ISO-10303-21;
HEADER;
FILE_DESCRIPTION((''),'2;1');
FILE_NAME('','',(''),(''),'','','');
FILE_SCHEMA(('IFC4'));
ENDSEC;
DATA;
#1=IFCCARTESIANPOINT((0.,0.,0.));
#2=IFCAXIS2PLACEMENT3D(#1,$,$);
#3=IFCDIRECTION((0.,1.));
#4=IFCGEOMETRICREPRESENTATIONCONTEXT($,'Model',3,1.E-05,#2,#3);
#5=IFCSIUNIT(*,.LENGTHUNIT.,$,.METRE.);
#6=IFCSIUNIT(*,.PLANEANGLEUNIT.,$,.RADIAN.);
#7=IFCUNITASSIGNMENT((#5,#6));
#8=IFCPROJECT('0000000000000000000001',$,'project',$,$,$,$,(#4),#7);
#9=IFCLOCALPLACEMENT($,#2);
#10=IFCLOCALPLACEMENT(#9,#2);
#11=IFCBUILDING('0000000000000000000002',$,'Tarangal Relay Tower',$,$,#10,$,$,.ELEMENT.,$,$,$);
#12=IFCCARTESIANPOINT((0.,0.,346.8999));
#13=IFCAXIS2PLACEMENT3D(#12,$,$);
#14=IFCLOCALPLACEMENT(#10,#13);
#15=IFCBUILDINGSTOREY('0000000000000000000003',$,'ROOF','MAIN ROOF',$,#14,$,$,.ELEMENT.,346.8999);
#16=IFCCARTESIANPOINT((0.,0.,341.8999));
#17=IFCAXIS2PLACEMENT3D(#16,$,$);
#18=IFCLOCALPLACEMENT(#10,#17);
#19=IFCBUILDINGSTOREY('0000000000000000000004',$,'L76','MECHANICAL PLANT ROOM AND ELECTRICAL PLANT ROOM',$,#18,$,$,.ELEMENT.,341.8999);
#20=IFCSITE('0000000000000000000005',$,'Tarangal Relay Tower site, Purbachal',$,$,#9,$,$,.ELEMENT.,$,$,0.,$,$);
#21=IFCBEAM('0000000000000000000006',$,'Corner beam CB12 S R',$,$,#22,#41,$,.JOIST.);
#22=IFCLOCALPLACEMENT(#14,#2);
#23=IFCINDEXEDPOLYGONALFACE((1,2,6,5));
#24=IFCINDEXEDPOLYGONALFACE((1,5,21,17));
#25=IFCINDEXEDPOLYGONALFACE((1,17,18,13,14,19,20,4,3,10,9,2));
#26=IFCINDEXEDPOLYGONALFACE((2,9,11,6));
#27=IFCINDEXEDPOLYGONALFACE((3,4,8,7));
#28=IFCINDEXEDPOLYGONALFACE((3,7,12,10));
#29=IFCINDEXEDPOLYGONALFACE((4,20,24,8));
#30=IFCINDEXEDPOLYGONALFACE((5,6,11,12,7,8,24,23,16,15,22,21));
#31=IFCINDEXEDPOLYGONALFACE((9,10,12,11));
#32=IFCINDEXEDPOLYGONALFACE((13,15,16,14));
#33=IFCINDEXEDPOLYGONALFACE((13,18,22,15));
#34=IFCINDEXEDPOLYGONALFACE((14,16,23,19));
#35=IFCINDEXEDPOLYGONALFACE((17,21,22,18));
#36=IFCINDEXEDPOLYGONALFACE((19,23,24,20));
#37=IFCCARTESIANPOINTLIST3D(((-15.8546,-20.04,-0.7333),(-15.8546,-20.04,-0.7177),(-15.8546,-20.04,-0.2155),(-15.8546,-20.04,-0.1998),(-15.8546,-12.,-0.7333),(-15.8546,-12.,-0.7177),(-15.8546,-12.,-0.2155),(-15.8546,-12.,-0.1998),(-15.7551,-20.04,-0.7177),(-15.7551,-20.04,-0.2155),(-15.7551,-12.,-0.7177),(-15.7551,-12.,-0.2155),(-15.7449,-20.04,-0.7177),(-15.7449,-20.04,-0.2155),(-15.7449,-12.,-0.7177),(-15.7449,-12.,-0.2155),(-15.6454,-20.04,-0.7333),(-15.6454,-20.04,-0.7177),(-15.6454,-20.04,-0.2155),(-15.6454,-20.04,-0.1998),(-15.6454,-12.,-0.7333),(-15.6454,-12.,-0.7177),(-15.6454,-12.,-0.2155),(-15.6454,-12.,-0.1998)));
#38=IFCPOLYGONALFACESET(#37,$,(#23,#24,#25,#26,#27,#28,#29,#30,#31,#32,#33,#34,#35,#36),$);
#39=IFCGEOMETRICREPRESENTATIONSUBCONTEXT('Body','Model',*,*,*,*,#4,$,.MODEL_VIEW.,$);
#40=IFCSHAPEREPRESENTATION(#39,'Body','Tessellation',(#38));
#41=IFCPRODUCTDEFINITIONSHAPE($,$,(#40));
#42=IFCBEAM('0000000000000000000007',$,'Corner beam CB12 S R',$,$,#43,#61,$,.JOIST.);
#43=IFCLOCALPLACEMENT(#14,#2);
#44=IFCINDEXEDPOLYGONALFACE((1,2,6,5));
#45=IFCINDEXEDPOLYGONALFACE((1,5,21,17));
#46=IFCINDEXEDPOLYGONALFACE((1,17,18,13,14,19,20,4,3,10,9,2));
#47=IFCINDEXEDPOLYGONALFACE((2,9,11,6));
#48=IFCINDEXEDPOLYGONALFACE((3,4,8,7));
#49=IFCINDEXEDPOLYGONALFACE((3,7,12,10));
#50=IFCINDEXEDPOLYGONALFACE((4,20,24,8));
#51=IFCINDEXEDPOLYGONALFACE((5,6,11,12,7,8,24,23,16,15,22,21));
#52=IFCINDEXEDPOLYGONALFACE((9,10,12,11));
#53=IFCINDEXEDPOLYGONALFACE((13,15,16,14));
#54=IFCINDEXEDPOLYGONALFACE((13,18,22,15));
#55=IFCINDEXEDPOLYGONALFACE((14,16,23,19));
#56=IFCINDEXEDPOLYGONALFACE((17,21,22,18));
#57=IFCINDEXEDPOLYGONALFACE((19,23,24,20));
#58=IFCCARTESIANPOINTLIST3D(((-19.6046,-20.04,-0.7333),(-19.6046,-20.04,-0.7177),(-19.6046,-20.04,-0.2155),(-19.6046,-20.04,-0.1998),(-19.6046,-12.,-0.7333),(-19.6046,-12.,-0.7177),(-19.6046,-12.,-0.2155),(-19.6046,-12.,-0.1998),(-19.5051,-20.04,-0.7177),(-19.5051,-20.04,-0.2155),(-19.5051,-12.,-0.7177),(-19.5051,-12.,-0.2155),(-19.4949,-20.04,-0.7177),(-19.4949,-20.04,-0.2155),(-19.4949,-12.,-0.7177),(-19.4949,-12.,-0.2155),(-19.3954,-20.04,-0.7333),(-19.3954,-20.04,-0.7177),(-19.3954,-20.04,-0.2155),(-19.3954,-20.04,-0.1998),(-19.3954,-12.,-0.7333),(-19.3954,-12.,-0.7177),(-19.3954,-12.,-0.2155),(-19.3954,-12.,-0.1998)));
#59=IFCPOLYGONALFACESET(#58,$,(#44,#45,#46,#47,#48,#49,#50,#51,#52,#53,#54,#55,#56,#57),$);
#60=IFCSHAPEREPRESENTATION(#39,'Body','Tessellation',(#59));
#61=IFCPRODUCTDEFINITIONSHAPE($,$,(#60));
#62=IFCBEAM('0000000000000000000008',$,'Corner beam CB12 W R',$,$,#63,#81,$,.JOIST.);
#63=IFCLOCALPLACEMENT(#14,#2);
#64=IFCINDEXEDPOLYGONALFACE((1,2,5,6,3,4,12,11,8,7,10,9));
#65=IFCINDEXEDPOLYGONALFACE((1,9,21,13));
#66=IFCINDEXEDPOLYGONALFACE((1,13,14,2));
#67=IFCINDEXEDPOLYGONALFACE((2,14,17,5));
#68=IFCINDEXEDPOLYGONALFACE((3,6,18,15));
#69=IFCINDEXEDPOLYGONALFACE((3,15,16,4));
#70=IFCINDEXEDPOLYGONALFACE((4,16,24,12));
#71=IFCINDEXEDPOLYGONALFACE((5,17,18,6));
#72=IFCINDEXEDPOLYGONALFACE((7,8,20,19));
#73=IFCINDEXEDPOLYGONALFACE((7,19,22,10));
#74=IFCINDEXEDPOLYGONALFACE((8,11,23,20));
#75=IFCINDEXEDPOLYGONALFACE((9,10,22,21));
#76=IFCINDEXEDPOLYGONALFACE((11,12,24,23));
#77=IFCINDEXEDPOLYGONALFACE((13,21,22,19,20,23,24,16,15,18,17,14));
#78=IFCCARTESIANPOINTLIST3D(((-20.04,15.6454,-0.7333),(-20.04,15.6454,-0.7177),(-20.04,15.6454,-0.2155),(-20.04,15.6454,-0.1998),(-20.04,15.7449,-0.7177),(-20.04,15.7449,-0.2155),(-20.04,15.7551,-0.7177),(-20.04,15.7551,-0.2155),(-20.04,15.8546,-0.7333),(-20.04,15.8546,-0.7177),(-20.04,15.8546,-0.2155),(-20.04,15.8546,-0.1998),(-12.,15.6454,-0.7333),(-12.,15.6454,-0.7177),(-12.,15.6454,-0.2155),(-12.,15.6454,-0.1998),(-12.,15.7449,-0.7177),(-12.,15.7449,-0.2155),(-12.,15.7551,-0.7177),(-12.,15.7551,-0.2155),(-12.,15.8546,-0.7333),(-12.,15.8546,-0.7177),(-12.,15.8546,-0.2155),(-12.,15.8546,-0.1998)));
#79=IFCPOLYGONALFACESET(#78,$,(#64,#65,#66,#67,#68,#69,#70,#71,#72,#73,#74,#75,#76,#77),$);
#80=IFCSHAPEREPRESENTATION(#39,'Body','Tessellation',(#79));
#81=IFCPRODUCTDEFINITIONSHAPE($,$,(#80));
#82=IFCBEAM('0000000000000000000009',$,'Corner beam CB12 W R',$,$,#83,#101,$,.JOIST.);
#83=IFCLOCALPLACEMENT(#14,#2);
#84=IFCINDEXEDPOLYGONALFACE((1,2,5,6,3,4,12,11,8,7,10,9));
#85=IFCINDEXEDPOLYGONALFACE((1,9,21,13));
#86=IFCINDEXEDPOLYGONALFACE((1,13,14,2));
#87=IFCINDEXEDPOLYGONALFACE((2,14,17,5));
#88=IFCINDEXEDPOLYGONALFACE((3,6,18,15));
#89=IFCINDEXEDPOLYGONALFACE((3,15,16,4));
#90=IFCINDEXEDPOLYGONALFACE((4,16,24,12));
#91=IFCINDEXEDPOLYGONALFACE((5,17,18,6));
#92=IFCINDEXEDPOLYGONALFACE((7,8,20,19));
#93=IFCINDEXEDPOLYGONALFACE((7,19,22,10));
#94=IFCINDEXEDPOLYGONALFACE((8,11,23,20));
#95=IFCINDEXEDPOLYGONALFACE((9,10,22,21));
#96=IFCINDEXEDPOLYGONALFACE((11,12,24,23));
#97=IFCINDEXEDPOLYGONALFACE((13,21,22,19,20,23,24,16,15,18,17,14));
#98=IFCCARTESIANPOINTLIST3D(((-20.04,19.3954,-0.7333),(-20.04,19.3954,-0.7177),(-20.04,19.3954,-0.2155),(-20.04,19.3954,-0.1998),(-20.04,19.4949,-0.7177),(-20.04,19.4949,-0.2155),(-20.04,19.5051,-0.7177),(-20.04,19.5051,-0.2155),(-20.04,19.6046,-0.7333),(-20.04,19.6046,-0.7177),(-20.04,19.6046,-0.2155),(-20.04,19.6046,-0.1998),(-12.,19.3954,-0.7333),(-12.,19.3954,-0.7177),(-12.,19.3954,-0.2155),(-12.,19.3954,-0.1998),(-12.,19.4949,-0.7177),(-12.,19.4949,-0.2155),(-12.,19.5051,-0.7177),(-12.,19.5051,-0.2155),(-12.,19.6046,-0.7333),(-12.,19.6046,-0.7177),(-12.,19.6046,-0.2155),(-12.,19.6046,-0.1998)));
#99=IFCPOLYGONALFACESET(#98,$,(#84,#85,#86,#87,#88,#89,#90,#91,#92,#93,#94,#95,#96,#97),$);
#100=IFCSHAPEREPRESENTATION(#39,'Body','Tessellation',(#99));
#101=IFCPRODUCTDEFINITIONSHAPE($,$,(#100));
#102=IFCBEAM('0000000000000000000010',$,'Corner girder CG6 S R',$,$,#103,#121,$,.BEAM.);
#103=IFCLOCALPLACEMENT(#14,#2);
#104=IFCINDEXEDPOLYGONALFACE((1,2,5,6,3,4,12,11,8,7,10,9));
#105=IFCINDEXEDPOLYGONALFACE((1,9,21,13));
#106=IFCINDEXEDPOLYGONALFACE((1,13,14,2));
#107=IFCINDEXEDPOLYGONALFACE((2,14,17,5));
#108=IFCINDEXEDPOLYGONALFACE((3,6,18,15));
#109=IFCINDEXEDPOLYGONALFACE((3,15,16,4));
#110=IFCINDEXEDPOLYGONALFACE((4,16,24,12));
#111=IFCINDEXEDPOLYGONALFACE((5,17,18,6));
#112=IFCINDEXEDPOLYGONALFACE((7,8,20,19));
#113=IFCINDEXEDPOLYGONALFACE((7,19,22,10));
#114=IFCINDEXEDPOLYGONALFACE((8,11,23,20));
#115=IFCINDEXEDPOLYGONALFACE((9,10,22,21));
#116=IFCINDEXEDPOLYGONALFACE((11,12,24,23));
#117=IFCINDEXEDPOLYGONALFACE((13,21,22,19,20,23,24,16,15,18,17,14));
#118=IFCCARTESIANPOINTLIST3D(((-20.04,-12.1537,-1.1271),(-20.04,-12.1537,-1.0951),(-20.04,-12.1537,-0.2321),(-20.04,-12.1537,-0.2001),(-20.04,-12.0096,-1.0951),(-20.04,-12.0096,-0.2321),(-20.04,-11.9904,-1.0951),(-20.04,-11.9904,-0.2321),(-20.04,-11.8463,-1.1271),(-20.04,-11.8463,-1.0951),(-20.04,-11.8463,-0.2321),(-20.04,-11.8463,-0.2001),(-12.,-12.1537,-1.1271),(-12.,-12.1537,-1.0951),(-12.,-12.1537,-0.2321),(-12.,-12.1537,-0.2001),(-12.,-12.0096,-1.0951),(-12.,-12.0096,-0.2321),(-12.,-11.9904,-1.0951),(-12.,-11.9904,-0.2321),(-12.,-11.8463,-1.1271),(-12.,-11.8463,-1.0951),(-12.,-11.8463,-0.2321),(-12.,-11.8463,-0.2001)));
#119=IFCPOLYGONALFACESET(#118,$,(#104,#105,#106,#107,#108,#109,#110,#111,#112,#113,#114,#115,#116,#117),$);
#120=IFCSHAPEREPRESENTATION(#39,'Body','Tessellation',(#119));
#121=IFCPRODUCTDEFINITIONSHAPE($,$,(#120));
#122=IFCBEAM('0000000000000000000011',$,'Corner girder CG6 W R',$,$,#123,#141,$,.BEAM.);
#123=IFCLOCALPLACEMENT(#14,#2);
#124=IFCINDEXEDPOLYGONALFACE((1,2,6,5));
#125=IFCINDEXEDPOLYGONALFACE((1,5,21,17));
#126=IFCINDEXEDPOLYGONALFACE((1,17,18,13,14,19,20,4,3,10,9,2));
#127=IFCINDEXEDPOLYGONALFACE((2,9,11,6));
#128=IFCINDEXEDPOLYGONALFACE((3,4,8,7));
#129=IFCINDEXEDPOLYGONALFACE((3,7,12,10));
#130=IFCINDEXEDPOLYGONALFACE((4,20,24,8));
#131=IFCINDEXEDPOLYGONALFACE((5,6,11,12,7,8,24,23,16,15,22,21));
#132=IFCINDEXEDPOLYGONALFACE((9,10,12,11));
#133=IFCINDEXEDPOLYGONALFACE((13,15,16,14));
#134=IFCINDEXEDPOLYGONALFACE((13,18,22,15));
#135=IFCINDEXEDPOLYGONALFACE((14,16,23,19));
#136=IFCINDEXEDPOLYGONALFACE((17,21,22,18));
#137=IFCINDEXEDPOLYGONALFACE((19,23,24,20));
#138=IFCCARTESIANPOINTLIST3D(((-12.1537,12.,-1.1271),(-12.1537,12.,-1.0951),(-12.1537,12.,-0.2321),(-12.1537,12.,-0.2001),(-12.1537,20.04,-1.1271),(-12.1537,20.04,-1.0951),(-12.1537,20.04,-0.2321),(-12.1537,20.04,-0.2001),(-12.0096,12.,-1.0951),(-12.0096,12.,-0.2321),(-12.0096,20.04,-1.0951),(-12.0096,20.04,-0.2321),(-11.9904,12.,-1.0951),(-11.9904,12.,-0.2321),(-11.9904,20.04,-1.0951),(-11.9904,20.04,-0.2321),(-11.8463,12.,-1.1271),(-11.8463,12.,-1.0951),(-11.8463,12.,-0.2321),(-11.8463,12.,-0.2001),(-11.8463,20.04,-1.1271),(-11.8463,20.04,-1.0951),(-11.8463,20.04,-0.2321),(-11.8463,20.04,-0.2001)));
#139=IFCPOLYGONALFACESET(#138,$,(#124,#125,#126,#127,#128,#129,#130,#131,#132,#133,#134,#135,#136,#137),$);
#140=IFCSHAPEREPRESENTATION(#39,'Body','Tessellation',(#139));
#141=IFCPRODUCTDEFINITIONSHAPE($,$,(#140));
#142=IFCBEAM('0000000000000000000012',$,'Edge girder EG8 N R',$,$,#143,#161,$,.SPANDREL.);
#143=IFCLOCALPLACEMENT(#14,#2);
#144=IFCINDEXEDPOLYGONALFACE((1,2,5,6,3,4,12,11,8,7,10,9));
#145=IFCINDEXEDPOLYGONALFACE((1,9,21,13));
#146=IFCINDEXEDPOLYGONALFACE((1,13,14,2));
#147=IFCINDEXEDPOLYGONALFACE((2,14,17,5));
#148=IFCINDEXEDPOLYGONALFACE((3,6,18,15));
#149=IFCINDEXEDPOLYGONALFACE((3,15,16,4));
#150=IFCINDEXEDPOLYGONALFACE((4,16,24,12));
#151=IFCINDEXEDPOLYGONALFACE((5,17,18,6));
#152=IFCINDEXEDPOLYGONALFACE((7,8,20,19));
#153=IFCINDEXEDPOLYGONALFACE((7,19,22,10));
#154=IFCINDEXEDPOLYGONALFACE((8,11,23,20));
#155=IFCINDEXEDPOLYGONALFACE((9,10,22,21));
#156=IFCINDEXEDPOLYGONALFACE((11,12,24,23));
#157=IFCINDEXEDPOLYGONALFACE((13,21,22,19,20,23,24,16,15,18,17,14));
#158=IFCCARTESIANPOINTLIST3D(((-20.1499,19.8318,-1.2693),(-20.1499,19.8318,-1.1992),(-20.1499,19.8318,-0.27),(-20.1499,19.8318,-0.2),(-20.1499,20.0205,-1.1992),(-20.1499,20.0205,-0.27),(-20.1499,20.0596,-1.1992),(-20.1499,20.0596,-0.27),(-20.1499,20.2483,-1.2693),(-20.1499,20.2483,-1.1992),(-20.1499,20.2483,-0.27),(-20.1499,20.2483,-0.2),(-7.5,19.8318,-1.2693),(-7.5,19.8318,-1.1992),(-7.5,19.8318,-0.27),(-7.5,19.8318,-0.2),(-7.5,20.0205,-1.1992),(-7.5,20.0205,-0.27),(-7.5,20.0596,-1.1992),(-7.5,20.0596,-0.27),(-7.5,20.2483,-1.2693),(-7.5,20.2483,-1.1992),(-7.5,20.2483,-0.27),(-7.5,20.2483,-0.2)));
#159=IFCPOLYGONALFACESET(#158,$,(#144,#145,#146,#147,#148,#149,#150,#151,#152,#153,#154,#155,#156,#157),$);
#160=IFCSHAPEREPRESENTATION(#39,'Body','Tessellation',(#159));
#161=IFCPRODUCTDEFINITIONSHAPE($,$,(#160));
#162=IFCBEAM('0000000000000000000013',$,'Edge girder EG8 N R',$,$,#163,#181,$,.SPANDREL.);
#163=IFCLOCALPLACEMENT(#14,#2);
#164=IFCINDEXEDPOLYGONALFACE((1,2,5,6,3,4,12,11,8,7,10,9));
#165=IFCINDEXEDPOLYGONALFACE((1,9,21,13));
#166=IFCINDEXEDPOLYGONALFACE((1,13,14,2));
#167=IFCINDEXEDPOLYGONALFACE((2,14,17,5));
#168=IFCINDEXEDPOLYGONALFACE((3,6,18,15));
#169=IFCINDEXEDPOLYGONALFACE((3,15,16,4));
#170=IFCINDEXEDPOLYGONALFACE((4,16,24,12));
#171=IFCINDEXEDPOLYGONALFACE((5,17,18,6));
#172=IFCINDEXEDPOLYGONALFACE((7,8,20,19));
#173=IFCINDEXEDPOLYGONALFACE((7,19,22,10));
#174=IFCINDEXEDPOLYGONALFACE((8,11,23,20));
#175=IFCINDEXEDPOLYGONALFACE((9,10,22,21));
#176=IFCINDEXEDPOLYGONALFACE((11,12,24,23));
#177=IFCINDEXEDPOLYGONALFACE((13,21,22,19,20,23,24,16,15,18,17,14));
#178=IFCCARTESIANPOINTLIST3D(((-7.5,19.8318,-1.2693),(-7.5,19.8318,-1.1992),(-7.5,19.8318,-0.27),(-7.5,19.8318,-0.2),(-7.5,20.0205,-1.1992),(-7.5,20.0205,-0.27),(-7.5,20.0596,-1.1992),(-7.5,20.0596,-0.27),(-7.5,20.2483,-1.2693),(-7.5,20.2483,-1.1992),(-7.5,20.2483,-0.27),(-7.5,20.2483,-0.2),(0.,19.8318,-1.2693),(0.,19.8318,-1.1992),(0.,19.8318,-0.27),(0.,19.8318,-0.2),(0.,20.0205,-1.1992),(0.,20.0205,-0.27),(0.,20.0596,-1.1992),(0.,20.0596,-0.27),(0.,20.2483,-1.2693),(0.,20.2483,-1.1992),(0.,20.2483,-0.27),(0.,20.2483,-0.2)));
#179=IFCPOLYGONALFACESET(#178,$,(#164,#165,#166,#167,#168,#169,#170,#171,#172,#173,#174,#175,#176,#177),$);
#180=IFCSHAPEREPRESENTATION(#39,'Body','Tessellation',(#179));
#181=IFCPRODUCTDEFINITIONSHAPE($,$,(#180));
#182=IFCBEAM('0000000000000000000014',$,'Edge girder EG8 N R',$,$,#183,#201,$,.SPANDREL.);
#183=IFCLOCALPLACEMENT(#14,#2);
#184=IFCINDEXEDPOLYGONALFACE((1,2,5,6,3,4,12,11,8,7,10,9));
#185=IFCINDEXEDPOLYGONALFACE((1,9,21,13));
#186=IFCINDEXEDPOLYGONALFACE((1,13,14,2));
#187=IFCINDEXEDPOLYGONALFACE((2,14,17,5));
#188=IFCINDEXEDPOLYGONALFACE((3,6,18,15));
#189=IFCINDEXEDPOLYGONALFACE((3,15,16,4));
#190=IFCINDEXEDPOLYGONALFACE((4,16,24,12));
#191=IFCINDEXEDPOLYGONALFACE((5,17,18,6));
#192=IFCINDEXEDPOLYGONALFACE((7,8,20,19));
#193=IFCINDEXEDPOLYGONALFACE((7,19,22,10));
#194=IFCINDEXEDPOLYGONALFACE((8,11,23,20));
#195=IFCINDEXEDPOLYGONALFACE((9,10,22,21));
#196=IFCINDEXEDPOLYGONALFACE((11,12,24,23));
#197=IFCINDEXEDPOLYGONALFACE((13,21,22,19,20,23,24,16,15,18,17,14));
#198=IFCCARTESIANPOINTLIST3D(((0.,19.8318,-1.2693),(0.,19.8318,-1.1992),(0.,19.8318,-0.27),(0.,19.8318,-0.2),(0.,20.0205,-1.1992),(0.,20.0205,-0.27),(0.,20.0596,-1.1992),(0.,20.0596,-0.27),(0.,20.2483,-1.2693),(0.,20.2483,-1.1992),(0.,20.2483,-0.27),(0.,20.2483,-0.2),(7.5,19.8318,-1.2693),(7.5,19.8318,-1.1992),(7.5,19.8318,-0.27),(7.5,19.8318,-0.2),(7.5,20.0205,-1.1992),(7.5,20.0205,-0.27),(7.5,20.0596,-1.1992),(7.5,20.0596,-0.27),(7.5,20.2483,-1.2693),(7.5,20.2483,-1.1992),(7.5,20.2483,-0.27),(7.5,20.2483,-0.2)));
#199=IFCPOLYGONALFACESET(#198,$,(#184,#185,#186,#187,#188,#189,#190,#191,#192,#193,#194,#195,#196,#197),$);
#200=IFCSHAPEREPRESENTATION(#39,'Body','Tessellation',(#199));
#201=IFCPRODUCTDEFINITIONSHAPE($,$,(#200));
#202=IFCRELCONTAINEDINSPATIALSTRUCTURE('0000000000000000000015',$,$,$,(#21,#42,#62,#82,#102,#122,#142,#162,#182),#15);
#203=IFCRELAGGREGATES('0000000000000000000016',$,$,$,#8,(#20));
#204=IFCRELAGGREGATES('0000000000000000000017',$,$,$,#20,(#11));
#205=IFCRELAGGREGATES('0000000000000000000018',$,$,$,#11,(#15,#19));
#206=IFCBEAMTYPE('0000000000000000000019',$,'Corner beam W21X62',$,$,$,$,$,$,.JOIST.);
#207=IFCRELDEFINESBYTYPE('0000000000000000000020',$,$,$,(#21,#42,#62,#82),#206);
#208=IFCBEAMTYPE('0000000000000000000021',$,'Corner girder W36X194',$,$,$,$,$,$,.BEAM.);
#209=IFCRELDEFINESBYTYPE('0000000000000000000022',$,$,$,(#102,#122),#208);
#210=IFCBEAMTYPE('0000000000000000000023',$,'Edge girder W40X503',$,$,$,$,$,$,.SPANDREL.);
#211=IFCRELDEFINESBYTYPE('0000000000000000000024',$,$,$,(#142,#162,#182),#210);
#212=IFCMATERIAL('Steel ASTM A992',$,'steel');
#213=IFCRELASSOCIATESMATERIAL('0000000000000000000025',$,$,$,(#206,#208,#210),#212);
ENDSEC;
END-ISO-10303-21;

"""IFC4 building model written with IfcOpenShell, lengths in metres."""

from ifc_helpers import new_model, si_unit, direction, frame, origin, origin_2d, place, context, subcontext, project, spatial, i_section, extrude, material, material_profile, profile_set, type_object, element, save


model = new_model("IFC4")

# Units and contexts
model_context = context("Model", 3, precision=1e-05, world=origin(), true_north=direction((0.0, 1.0)))
body_context = subcontext(model_context, "Body", "Model", "MODEL_VIEW")
ifc_project = project(units=[si_unit("LENGTHUNIT", "METRE"), si_unit("PLANEANGLEUNIT", "RADIAN")], contexts=[model_context])

# Site, building, storey
site_placement = place(None, origin())
site = spatial("IfcSite", under=ifc_project, at=site_placement, Name="Tarangal Relay Tower site, Purbachal", CompositionType="ELEMENT", RefElevation=0.0)
building_placement = place(site_placement, origin())
building = spatial("IfcBuilding", under=site, at=building_placement, Name="Tarangal Relay Tower", CompositionType="ELEMENT")
storey_1_placement = place(building_placement, frame((0.0, 0.0, 346.8999)))
storey_1 = spatial("IfcBuildingStorey", under=building, at=storey_1_placement, Name="ROOF", Description="MAIN ROOF", CompositionType="ELEMENT", Elevation=346.8999)

# Beams
ifc_material_1 = material(Name="Steel ASTM A992", Category="steel")
ifc_material_profile_1 = material_profile(ifc_material_1, i_section(OverallWidth=0.2092, OverallDepth=0.5334, WebThickness=0.0103, FlangeThickness=0.0156, at=origin_2d()), Name="W21X62")
ifc_profile_set_1 = profile_set([ifc_material_profile_1], Name="Steel ASTM A992")
beam_type_1 = type_object("IfcBeamType", Name="Corner beam W21X62", PredefinedType="JOIST", material=ifc_profile_set_1)
for number, where, z_axis, x_axis, name in (
    (1, (-15.75, -12.0, -0.4666), (0.0, -1.0, 0.0), (1.0, 0.0, 0.0), "Corner beam CB12 S R"),
    (2, (-19.5, -12.0, -0.4666), (0.0, -1.0, 0.0), (1.0, 0.0, 0.0), "Corner beam CB12 S R"),
    (3, (-12.0, 15.75, -0.4666), (-1.0, 0.0, 0.0), (0.0, -1.0, 0.0), "Corner beam CB12 W R"),
    (4, (-12.0, 19.5, -0.4666), (-1.0, 0.0, 0.0), (0.0, -1.0, 0.0), "Corner beam CB12 W R"),
):
    element("IfcBeam", number, at=place(storey_1_placement, frame(where, z_axis=z_axis, x_axis=x_axis)), inside=storey_1, type_object=beam_type_1, Name=name, PredefinedType="JOIST", context=body_context, shape_type="SweptSolid", body=[
        extrude(i_section(OverallWidth=0.2092, OverallDepth=0.5334, WebThickness=0.0103, FlangeThickness=0.0156, at=origin_2d()), origin(), (0.0, 0.0, 1.0), 8.04),
    ])
ifc_material_profile_2 = material_profile(ifc_material_1, i_section(OverallWidth=0.3074, OverallDepth=0.927, WebThickness=0.0193, FlangeThickness=0.032, at=origin_2d()), Name="W36X194")
ifc_profile_set_2 = profile_set([ifc_material_profile_2], Name="Steel ASTM A992")
beam_type_2 = type_object("IfcBeamType", Name="Corner girder W36X194", PredefinedType="BEAM", material=ifc_profile_set_2)
for number, where, z_axis, x_axis, name in (
    (5, (-12.0, -12.0, -0.6636), (-1.0, 0.0, 0.0), (0.0, -1.0, 0.0), "Corner girder CG6 S R"),
    (6, (-12.0, 12.0, -0.6636), (0.0, 1.0, 0.0), (-1.0, 0.0, 0.0), "Corner girder CG6 W R"),
):
    element("IfcBeam", number, at=place(storey_1_placement, frame(where, z_axis=z_axis, x_axis=x_axis)), inside=storey_1, type_object=beam_type_2, Name=name, PredefinedType="BEAM", context=body_context, shape_type="SweptSolid", body=[
        extrude(i_section(OverallWidth=0.3074, OverallDepth=0.927, WebThickness=0.0193, FlangeThickness=0.032, at=origin_2d()), origin(), (0.0, 0.0, 1.0), 8.04),
    ])
ifc_material_profile_3 = material_profile(ifc_material_1, i_section(OverallWidth=0.4165, OverallDepth=1.0693, WebThickness=0.0391, FlangeThickness=0.0701, at=origin_2d()), Name="W40X503")
ifc_profile_set_3 = profile_set([ifc_material_profile_3], Name="Steel ASTM A992")
beam_type_3 = type_object("IfcBeamType", Name="Edge girder W40X503", PredefinedType="SPANDREL", material=ifc_profile_set_3)
beam_1_placement = place(storey_1_placement, frame((-20.1499, 20.04, -0.7346), z_axis=(1.0, 0.0, 0.0), x_axis=(0.0, 1.0, 0.0)))
element("IfcBeam", 7, at=beam_1_placement, inside=storey_1, type_object=beam_type_3, Name="Edge girder EG8 N R", PredefinedType="SPANDREL", context=body_context, shape_type="SweptSolid", body=[
    extrude(i_section(OverallWidth=0.4165, OverallDepth=1.0693, WebThickness=0.0391, FlangeThickness=0.0701, at=origin_2d()), origin(), (0.0, 0.0, 1.0), 12.6499),
])
for number, where, z_axis, x_axis, name in (
    (8, (-7.5, 20.04, -0.7346), (1.0, 0.0, 0.0), (0.0, 1.0, 0.0), "Edge girder EG8 N R"),
    (9, (0.0, 20.04, -0.7346), (1.0, 0.0, 0.0), (0.0, 1.0, 0.0), "Edge girder EG8 N R"),
):
    element("IfcBeam", number, at=place(storey_1_placement, frame(where, z_axis=z_axis, x_axis=x_axis)), inside=storey_1, type_object=beam_type_3, Name=name, PredefinedType="SPANDREL", context=body_context, shape_type="SweptSolid", body=[
        extrude(i_section(OverallWidth=0.4165, OverallDepth=1.0693, WebThickness=0.0391, FlangeThickness=0.0701, at=origin_2d()), origin(), (0.0, 0.0, 1.0), 7.5),
    ])

# Shared definitions
storey_2_placement = place(building_placement, frame((0.0, 0.0, 341.8999)))
storey_2 = spatial("IfcBuildingStorey", under=building, at=storey_2_placement, Name="L76", Description="MECHANICAL PLANT ROOM AND ELECTRICAL PLANT ROOM", CompositionType="ELEMENT", Elevation=341.8999)

save(model, "model.ifc")
